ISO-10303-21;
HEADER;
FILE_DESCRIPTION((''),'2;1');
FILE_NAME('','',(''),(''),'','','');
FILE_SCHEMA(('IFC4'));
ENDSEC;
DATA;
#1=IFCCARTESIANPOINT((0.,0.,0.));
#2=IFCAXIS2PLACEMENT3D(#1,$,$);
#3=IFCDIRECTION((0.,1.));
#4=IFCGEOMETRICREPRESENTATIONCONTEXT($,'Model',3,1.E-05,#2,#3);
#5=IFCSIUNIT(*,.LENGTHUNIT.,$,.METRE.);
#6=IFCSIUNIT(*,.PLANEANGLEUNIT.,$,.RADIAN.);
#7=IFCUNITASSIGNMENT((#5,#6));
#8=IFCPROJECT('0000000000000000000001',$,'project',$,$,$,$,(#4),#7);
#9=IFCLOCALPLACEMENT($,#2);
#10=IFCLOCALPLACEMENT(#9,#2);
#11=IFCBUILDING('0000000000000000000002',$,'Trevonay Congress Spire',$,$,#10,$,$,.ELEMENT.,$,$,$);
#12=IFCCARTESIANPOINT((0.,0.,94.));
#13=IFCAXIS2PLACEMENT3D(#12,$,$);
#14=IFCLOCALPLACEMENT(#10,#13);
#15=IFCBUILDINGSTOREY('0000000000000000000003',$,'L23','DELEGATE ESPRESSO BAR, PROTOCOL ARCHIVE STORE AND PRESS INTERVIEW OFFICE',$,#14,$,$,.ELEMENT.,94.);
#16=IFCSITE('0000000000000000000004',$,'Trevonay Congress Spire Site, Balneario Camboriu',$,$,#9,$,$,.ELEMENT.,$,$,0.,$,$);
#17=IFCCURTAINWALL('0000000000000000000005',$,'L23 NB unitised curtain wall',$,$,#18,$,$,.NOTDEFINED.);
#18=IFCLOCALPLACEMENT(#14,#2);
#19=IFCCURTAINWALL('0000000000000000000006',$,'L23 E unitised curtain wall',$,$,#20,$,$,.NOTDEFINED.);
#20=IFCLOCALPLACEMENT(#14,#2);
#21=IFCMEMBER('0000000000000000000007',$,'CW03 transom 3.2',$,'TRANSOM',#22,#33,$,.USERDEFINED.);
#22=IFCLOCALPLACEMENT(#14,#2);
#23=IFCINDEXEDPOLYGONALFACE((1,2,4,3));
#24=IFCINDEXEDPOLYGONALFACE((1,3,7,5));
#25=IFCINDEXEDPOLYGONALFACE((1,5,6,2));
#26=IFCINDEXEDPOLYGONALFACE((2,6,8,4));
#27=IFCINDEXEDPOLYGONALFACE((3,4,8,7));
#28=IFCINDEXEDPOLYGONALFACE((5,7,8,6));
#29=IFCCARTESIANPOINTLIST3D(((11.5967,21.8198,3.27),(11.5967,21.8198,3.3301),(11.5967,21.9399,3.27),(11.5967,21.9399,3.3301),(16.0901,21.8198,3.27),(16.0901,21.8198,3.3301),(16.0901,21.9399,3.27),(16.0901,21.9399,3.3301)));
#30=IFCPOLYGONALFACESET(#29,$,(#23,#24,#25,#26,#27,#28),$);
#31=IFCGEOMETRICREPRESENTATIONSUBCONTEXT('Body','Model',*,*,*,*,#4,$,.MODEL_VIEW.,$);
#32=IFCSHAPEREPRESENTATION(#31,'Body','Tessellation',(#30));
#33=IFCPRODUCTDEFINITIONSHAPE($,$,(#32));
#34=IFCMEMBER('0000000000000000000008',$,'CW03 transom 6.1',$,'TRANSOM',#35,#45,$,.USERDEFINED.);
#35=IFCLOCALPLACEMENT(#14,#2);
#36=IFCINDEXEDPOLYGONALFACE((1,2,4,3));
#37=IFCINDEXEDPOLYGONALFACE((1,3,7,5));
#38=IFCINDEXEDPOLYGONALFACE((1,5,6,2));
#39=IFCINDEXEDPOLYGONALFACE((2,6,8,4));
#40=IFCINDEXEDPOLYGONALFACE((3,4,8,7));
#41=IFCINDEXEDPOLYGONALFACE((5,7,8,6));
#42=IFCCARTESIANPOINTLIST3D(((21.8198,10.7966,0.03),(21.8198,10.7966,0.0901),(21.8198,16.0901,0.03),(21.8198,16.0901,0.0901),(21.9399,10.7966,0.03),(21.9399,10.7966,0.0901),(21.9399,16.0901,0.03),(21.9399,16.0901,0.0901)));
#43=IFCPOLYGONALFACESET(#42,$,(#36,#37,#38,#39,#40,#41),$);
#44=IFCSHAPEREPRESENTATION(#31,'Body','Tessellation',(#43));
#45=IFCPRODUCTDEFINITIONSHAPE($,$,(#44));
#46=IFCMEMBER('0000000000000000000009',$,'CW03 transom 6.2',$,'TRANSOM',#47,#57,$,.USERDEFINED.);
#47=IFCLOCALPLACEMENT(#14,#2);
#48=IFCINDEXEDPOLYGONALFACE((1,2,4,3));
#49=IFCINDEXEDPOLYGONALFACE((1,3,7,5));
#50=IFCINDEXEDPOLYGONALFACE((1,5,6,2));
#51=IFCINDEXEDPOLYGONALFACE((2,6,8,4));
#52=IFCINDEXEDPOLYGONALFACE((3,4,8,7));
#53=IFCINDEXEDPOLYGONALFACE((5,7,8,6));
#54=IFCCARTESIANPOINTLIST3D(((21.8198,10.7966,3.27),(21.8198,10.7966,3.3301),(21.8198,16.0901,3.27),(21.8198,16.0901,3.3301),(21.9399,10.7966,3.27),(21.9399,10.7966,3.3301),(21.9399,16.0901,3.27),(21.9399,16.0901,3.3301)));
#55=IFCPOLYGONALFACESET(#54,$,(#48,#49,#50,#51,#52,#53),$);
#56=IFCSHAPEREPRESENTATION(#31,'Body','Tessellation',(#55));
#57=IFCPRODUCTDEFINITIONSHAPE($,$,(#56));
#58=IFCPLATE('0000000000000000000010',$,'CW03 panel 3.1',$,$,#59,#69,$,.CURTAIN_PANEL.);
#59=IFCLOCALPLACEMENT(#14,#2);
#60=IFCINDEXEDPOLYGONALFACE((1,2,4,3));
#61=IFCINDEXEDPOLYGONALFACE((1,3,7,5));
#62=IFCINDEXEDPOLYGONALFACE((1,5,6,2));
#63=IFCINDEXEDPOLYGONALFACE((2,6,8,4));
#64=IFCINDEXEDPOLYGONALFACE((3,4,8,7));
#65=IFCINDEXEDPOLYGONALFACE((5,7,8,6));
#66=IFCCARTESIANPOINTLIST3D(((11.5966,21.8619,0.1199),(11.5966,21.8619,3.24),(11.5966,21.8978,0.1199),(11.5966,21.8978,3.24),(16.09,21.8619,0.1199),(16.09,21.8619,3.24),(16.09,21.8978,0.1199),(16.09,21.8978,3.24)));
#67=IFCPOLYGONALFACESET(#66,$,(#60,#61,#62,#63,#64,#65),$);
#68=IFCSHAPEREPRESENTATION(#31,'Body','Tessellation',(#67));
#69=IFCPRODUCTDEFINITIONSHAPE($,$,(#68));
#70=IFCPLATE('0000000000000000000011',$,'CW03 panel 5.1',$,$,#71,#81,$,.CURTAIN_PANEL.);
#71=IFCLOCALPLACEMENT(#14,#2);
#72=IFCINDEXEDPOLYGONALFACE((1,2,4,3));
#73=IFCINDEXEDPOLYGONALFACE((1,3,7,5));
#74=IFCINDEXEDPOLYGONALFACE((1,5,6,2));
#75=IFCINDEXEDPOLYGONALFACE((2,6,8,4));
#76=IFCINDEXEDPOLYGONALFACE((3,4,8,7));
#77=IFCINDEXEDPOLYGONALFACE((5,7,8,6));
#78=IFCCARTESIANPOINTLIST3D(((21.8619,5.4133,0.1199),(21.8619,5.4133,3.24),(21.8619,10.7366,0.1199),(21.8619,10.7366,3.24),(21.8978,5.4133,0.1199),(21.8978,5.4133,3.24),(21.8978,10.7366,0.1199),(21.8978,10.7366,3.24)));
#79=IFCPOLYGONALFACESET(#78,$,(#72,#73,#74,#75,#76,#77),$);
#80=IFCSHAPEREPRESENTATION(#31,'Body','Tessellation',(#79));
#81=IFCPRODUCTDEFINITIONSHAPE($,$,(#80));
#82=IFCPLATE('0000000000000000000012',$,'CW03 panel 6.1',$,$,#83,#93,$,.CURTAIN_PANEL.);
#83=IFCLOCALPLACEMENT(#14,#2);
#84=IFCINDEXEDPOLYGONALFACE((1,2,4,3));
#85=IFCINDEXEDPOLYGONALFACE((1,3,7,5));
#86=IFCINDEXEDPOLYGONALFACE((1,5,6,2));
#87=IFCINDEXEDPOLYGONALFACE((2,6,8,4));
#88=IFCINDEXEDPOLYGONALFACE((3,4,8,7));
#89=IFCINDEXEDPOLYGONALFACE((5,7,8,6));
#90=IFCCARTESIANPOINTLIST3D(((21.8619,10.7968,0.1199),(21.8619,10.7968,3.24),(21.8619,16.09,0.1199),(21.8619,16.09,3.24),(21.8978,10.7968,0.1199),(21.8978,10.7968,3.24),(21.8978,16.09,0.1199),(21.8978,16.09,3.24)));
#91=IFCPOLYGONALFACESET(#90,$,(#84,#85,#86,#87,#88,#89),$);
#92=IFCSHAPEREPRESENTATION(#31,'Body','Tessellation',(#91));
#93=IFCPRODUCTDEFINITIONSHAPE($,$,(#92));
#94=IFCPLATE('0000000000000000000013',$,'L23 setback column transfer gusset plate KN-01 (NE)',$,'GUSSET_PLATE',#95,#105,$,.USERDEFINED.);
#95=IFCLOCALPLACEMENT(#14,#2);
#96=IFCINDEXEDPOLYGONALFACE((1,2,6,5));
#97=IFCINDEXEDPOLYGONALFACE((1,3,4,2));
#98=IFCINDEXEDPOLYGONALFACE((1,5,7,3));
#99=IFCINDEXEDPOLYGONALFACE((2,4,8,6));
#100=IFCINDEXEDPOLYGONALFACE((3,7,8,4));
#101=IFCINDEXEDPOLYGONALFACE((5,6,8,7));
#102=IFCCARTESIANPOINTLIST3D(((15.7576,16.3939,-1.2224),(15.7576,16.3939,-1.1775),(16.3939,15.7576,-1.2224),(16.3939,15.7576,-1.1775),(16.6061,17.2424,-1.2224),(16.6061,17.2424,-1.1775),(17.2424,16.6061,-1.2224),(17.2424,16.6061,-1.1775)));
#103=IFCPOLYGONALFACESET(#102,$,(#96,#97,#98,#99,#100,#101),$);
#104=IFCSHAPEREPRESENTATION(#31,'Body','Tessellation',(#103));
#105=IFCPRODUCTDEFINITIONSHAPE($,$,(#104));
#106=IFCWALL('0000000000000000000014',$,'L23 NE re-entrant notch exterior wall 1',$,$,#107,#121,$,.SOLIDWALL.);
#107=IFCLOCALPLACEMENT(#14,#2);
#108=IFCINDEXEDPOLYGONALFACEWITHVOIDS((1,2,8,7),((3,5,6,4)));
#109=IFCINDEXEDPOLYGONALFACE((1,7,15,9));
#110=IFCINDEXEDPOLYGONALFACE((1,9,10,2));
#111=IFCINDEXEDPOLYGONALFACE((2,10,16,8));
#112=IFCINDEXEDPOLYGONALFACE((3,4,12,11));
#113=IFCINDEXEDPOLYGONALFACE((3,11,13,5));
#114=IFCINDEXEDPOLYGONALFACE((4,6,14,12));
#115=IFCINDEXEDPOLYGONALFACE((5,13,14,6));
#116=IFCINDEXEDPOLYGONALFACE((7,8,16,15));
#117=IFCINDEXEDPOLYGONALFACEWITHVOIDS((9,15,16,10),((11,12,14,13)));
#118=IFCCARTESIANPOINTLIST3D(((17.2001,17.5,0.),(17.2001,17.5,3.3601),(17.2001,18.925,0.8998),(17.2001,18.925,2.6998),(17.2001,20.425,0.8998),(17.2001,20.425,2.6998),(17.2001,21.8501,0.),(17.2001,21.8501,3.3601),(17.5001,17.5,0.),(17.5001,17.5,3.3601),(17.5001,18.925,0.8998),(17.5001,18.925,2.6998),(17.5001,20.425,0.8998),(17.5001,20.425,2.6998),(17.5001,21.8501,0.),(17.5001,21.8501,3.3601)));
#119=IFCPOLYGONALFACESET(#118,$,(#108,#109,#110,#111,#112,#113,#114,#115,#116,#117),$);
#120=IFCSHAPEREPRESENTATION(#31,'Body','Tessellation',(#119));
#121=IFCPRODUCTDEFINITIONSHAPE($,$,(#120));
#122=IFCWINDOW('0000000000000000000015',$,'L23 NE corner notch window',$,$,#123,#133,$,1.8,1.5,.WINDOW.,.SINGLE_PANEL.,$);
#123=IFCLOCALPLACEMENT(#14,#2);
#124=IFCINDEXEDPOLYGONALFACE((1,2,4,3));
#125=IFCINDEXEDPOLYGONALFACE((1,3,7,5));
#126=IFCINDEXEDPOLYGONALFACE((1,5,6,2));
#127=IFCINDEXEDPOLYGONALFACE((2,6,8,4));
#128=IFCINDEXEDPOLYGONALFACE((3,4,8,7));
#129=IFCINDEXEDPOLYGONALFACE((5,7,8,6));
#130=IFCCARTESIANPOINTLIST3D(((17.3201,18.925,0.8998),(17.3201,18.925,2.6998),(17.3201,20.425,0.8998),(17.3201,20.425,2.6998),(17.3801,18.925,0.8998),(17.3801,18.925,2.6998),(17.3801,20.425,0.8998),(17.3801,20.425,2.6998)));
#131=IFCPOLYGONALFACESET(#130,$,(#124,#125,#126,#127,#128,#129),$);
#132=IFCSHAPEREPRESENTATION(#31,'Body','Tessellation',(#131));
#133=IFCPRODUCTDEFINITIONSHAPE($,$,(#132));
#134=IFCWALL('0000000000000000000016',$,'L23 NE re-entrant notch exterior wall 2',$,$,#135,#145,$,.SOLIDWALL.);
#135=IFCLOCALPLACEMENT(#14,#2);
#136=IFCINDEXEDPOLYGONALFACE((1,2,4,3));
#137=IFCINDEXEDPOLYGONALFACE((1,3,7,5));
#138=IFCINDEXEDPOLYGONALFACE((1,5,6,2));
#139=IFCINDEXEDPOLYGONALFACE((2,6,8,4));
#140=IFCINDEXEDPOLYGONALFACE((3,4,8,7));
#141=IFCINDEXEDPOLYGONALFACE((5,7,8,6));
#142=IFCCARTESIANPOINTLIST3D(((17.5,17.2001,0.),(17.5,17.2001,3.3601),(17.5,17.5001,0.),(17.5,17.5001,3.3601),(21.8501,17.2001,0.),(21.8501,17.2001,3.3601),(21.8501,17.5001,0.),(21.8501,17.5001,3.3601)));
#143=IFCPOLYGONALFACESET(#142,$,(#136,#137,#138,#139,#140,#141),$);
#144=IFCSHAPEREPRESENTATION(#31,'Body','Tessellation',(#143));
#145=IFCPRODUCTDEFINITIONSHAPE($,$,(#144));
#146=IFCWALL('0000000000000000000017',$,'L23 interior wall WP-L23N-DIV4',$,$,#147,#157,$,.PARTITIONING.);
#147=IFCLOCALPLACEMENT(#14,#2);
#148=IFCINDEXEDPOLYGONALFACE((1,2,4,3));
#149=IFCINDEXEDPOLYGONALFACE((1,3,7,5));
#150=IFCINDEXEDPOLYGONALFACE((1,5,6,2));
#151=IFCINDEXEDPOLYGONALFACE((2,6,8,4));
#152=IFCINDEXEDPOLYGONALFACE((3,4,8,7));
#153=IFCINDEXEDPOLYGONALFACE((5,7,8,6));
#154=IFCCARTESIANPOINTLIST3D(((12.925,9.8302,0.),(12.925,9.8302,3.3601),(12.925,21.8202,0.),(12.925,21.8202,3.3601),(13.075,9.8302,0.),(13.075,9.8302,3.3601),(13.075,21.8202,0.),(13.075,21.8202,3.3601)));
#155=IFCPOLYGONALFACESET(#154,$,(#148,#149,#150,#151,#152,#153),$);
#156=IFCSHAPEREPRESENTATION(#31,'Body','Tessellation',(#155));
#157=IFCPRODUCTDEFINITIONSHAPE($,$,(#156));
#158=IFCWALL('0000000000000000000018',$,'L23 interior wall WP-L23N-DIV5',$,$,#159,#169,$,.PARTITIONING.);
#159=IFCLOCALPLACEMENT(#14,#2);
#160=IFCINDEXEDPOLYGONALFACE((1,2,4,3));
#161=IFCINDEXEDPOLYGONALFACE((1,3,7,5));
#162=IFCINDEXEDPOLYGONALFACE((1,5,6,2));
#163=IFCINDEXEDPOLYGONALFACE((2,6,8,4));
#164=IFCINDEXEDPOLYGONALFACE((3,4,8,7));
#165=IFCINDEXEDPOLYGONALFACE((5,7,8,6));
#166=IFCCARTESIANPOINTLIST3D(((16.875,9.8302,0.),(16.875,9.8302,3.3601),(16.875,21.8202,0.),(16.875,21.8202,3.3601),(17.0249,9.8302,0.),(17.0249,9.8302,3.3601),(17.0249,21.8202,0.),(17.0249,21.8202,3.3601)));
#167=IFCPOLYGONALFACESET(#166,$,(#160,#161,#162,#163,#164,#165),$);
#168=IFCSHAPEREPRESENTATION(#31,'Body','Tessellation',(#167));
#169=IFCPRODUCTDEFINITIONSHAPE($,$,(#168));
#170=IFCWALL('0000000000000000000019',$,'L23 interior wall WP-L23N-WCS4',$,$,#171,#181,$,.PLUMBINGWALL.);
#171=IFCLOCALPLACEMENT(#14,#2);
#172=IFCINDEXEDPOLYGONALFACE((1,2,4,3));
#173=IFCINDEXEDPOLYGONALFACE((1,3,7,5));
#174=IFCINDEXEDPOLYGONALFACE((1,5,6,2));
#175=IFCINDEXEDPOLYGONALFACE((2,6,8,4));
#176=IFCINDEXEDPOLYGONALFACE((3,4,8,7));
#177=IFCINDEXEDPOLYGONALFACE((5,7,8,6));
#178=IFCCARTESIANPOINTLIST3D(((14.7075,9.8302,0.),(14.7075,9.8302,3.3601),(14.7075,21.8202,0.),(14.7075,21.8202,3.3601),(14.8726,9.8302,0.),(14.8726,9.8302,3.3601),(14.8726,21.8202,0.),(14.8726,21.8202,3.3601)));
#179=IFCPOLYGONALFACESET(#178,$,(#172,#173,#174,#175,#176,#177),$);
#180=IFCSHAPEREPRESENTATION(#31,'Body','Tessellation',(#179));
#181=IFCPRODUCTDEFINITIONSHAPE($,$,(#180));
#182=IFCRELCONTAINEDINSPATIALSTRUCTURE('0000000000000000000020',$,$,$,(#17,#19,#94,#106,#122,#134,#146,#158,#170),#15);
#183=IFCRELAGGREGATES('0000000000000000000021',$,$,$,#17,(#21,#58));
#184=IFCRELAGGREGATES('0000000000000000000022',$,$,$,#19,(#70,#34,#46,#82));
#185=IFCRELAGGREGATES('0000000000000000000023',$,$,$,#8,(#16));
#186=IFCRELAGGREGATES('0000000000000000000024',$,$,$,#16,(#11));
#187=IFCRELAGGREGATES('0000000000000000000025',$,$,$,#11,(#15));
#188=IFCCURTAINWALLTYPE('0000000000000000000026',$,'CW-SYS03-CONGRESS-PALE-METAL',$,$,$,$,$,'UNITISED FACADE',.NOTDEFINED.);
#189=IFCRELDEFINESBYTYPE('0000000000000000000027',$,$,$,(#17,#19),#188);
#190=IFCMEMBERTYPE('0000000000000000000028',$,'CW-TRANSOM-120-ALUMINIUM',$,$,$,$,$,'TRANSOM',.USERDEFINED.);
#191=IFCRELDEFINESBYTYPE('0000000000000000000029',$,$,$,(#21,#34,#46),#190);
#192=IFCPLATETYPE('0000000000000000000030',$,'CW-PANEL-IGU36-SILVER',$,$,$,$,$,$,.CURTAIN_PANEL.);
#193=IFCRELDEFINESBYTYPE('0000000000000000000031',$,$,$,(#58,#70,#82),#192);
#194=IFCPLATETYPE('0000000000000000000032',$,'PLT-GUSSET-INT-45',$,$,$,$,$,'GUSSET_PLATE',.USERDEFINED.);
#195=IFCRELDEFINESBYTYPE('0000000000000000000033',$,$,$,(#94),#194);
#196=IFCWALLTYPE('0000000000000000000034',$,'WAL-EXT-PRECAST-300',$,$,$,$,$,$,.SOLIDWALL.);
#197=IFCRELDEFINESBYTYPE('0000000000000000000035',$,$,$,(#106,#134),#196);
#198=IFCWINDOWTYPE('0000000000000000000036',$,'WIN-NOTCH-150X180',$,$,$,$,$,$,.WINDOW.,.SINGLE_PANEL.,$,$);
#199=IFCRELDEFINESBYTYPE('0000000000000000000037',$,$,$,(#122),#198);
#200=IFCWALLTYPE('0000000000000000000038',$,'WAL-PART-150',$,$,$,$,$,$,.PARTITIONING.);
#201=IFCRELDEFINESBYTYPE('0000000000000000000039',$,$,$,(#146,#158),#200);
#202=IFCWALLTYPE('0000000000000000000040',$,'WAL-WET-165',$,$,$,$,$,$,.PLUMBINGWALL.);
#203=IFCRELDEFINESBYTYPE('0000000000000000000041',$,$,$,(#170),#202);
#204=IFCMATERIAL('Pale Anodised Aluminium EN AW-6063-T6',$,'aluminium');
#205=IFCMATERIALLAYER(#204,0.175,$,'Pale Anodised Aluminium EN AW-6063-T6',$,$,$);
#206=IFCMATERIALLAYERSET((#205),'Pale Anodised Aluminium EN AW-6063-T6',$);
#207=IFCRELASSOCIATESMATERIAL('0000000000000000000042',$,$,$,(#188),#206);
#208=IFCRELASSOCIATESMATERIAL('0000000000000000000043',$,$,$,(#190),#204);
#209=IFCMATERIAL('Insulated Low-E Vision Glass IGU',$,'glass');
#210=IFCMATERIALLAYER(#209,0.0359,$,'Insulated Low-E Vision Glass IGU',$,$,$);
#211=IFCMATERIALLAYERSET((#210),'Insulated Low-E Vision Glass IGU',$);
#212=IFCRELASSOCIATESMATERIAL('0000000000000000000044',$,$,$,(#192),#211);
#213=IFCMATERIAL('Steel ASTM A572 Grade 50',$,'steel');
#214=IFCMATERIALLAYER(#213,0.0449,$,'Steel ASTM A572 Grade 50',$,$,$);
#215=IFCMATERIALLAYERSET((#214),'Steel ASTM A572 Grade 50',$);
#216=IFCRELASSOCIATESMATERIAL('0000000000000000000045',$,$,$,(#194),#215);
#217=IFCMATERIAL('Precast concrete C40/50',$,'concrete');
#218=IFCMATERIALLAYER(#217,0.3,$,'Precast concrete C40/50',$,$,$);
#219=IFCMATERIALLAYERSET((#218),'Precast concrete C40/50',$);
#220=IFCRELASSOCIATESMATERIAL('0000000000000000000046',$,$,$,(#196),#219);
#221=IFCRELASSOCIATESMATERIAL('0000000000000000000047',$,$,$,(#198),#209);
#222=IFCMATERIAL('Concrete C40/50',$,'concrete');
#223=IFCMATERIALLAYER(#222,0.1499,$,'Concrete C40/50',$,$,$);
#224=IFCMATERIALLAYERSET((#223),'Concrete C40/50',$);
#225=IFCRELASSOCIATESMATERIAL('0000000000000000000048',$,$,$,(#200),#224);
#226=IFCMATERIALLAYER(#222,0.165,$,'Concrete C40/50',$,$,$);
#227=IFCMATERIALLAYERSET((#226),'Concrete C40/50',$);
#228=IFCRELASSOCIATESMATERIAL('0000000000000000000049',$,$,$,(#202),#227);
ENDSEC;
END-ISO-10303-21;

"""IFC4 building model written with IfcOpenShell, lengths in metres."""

from ifc_helpers import new_model, si_unit, direction, frame, frame_2d, origin, origin_2d, place, context, subcontext, project, spatial, rectangle, extrude, material, layer, layer_set, material_profile, profile_set, type_object, element, fill, aggregate, save


model = new_model("IFC4")

# Units and contexts
model_context = context("Model", 3, precision=1e-05, world=origin(), true_north=direction((0.0, 1.0)))
body_context = subcontext(model_context, "Body", "Model", "MODEL_VIEW")
ifc_project = project(units=[si_unit("LENGTHUNIT", "METRE"), si_unit("PLANEANGLEUNIT", "RADIAN")], contexts=[model_context])

# Site, building, storey
site_placement = place(None, origin())
site = spatial("IfcSite", under=ifc_project, at=site_placement, Name="Trevonay Congress Spire Site, Balneario Camboriu", CompositionType="ELEMENT", RefElevation=0.0)
building_placement = place(site_placement, origin())
building = spatial("IfcBuilding", under=site, at=building_placement, Name="Trevonay Congress Spire", CompositionType="ELEMENT")
storey_placement = place(building_placement, frame((0.0, 0.0, 94.0)))
storey = spatial("IfcBuildingStorey", under=building, at=storey_placement, Name="L23", Description="DELEGATE ESPRESSO BAR, PROTOCOL ARCHIVE STORE AND PRESS INTERVIEW OFFICE", CompositionType="ELEMENT", Elevation=94.0)

# Shared definitions
ifc_material_1 = material(Name="Steel ASTM A572 Grade 50", Category="steel")

# Curtain wall
ifc_material_2 = material(Name="Pale Anodised Aluminium EN AW-6063-T6", Category="aluminium")
ifc_layer_1 = layer(ifc_material_2, 0.175, Name="Pale Anodised Aluminium EN AW-6063-T6")
ifc_layer_set_1 = layer_set([ifc_layer_1], Name="Pale Anodised Aluminium EN AW-6063-T6")
curtain_wall_type = type_object("IfcCurtainWallType", Name="CW-SYS03-CONGRESS-PALE-METAL", ElementType="UNITISED FACADE", PredefinedType="NOTDEFINED", material=ifc_layer_set_1)
curtain_wall_1_placement = place(storey_placement, origin())
curtain_wall_1 = element("IfcCurtainWall", 1, at=curtain_wall_1_placement, inside=storey, type_object=curtain_wall_type, Name="L23 NB unitised curtain wall", PredefinedType="NOTDEFINED")

# Curtain wall
curtain_wall_2_placement = place(storey_placement, origin())
curtain_wall_2 = element("IfcCurtainWall", 2, at=curtain_wall_2_placement, inside=storey, type_object=curtain_wall_type, Name="L23 E unitised curtain wall", PredefinedType="NOTDEFINED")

# Members
ifc_material_profile_1 = material_profile(ifc_material_2, rectangle(XDim=0.1201, YDim=0.0601, at=origin_2d()), Name="CW-TRANSOM-120-ALUMINIUM")
ifc_profile_set_1 = profile_set([ifc_material_profile_1], Name="Pale Anodised Aluminium EN AW-6063-T6")
member_type_1 = type_object("IfcMemberType", Name="CW-TRANSOM-120-ALUMINIUM", ElementType="TRANSOM", PredefinedType="USERDEFINED", material=ifc_profile_set_1)
member_1_placement = place(storey_placement, frame((11.5967, 21.8799, 3.3), z_axis=(1.0, 0.0, 0.0), x_axis=(0.0, 1.0, 0.0)))
member_1 = element("IfcMember", 3, at=member_1_placement, type_object=member_type_1, Name="CW03 transom 3.2", ObjectType="TRANSOM", PredefinedType="USERDEFINED", context=body_context, shape_type="SweptSolid", body=[
    extrude(rectangle(XDim=0.1201, YDim=0.0601, at=origin_2d()), origin(), (0.0, 0.0, 1.0), 4.4934),
])
member_2_placement = place(storey_placement, frame((21.8799, 10.7966, 0.0601), z_axis=(0.0, 1.0, 0.0), x_axis=(-1.0, 0.0, 0.0)))
member_2 = element("IfcMember", 4, at=member_2_placement, type_object=member_type_1, Name="CW03 transom 6.1", ObjectType="TRANSOM", PredefinedType="USERDEFINED", context=body_context, shape_type="SweptSolid", body=[
    extrude(rectangle(XDim=0.1201, YDim=0.0601, at=origin_2d()), origin(), (0.0, 0.0, 1.0), 5.2935),
])
member_3_placement = place(storey_placement, frame((21.8799, 10.7966, 3.3), z_axis=(0.0, 1.0, 0.0), x_axis=(-1.0, 0.0, 0.0)))
member_3 = element("IfcMember", 5, at=member_3_placement, type_object=member_type_1, Name="CW03 transom 6.2", ObjectType="TRANSOM", PredefinedType="USERDEFINED", context=body_context, shape_type="SweptSolid", body=[
    extrude(rectangle(XDim=0.1201, YDim=0.0601, at=origin_2d()), origin(), (0.0, 0.0, 1.0), 5.2935),
])

# Plates
ifc_material_3 = material(Name="Insulated Low-E Vision Glass IGU", Category="glass")
ifc_layer_2 = layer(ifc_material_3, 0.0359, Name="Insulated Low-E Vision Glass IGU")
ifc_layer_set_2 = layer_set([ifc_layer_2], Name="Insulated Low-E Vision Glass IGU")
plate_type_1 = type_object("IfcPlateType", Name="CW-PANEL-IGU36-SILVER", PredefinedType="CURTAIN_PANEL", material=ifc_layer_set_2)
plate_1_placement = place(storey_placement, frame((13.8433, 21.8799, 0.1199), z_axis=(0.0, 0.0, 1.0), x_axis=(1.0, 0.0, 0.0)))
plate_1 = element("IfcPlate", 6, at=plate_1_placement, type_object=plate_type_1, Name="CW03 panel 3.1", PredefinedType="CURTAIN_PANEL", context=body_context, shape_type="SweptSolid", body=[
    extrude(rectangle(XDim=4.4934, YDim=0.0359, at=origin_2d()), origin(), (0.0, 0.0, 1.0), 3.1201),
])
aggregate(curtain_wall_1, [member_1, plate_1])
plate_2_placement = place(storey_placement, frame((21.8799, 8.075, 0.1199), z_axis=(0.0, 0.0, 1.0), x_axis=(0.0, 1.0, 0.0)))
plate_2 = element("IfcPlate", 7, at=plate_2_placement, type_object=plate_type_1, Name="CW03 panel 5.1", PredefinedType="CURTAIN_PANEL", context=body_context, shape_type="SweptSolid", body=[
    extrude(rectangle(XDim=5.3232, YDim=0.0359, at=origin_2d()), origin(), (0.0, 0.0, 1.0), 3.1201),
])
plate_3_placement = place(storey_placement, frame((21.8799, 13.4434, 0.1199), z_axis=(0.0, 0.0, 1.0), x_axis=(0.0, 1.0, 0.0)))
plate_3 = element("IfcPlate", 8, at=plate_3_placement, type_object=plate_type_1, Name="CW03 panel 6.1", PredefinedType="CURTAIN_PANEL", context=body_context, shape_type="SweptSolid", body=[
    extrude(rectangle(XDim=5.2932, YDim=0.0359, at=origin_2d()), origin(), (0.0, 0.0, 1.0), 3.1201),
])
aggregate(curtain_wall_2, [plate_2, member_2, member_3, plate_3])
ifc_layer_3 = layer(ifc_material_1, 0.0449, Name="Steel ASTM A572 Grade 50")
ifc_layer_set_3 = layer_set([ifc_layer_3], Name="Steel ASTM A572 Grade 50")
plate_type_2 = type_object("IfcPlateType", Name="PLT-GUSSET-INT-45", ElementType="GUSSET_PLATE", PredefinedType="USERDEFINED", material=ifc_layer_set_3)
plate_4_placement = place(storey_placement, frame((16.5, 16.5, -1.2224), z_axis=(0.0, 0.0, 1.0), x_axis=(0.707107, 0.707107, 0.0)))
element("IfcPlate", 9, at=plate_4_placement, inside=storey, type_object=plate_type_2, Name="L23 setback column transfer gusset plate KN-01 (NE)", ObjectType="GUSSET_PLATE", PredefinedType="USERDEFINED", context=body_context, shape_type="SweptSolid", body=[
    extrude(rectangle(XDim=1.2, YDim=0.8999, at=origin_2d()), origin(), (0.0, 0.0, 1.0), 0.0449),
])

# Wall, opening, window
ifc_material_4 = material(Name="Precast concrete C40/50", Category="concrete")
ifc_layer_4 = layer(ifc_material_4, 0.3, Name="Precast concrete C40/50")
ifc_layer_set_4 = layer_set([ifc_layer_4], Name="Precast concrete C40/50")
wall_type_1 = type_object("IfcWallType", Name="WAL-EXT-PRECAST-300", PredefinedType="SOLIDWALL", material=ifc_layer_set_4)
wall_1_placement = place(storey_placement, frame((17.3501, 21.8501, 0.0), z_axis=(0.0, 0.0, 1.0), x_axis=(0.0, -1.0, 0.0)))
wall_1 = element("IfcWall", 10, at=wall_1_placement, inside=storey, type_object=wall_type_1, Name="L23 NE re-entrant notch exterior wall 1", PredefinedType="SOLIDWALL", context=body_context, shape_type="SweptSolid", body=[
    extrude(rectangle(XDim=4.3501, YDim=0.3, at=frame_2d((2.175, 0.0))), origin(), (0.0, 0.0, 1.0), 3.3601),
])
opening_placement = place(wall_1_placement, frame((1.425, 0.0, 0.8999)))
opening = element("IfcOpeningElement", 11, at=opening_placement, cuts=wall_1, PredefinedType="OPENING", context=body_context, shape_type="SweptSolid", body=[
    extrude(rectangle(XDim=1.5, YDim=1.8, at=frame_2d((0.75, 0.8999))), frame((0.0, 0.1602, 0.0), z_axis=(0.0, -1.0, 0.0), x_axis=(1.0, 0.0, 0.0)), (0.0, 0.0, 1.0), 0.3201),
])
window_type = type_object("IfcWindowType", Name="WIN-NOTCH-150X180", PartitioningType="SINGLE_PANEL", PredefinedType="WINDOW", material=ifc_material_3)
window_placement = place(opening_placement, origin())
window = element("IfcWindow", 12, at=window_placement, inside=storey, type_object=window_type, Name="L23 NE corner notch window", OverallHeight=1.8, OverallWidth=1.5, PartitioningType="SINGLE_PANEL", PredefinedType="WINDOW", context=body_context, shape_type="SweptSolid", body=[
    extrude(rectangle(XDim=1.5, YDim=1.8, at=frame_2d((0.75, 0.8999))), frame((0.0, 0.03, 0.0), z_axis=(0.0, -1.0, 0.0), x_axis=(1.0, 0.0, 0.0)), (0.0, 0.0, 1.0), 0.0601),
])
fill(opening, window)

# Walls
wall_2_placement = place(storey_placement, frame((21.8501, 17.3501, 0.0), z_axis=(0.0, 0.0, 1.0), x_axis=(-1.0, 0.0, 0.0)))
element("IfcWall", 13, at=wall_2_placement, inside=storey, type_object=wall_type_1, Name="L23 NE re-entrant notch exterior wall 2", PredefinedType="SOLIDWALL", context=body_context, shape_type="SweptSolid", body=[
    extrude(rectangle(XDim=4.3501, YDim=0.3, at=frame_2d((2.175, 0.0))), origin(), (0.0, 0.0, 1.0), 3.3601),
])
ifc_material_5 = material(Name="Concrete C40/50", Category="concrete")
ifc_layer_5 = layer(ifc_material_5, 0.1499, Name="Concrete C40/50")
ifc_layer_set_5 = layer_set([ifc_layer_5], Name="Concrete C40/50")
wall_type_2 = type_object("IfcWallType", Name="WAL-PART-150", PredefinedType="PARTITIONING", material=ifc_layer_set_5)
for number, where, z_axis, x_axis, name in (
    (14, (13.0, 9.8301, 0.0), (0.0, 0.0, 1.0), (0.0, 1.0, 0.0), "L23 interior wall WP-L23N-DIV4"),
    (15, (16.95, 9.8301, 0.0), (0.0, 0.0, 1.0), (0.0, 1.0, 0.0), "L23 interior wall WP-L23N-DIV5"),
):
    element("IfcWall", number, at=place(storey_placement, frame(where, z_axis=z_axis, x_axis=x_axis)), inside=storey, type_object=wall_type_2, Name=name, PredefinedType="PARTITIONING", context=body_context, shape_type="SweptSolid", body=[
        extrude(rectangle(XDim=11.99, YDim=0.1499, at=frame_2d((5.9951, 0.0))), origin(), (0.0, 0.0, 1.0), 3.3601),
    ])
ifc_layer_6 = layer(ifc_material_5, 0.165, Name="Concrete C40/50")
ifc_layer_set_6 = layer_set([ifc_layer_6], Name="Concrete C40/50")
wall_type_3 = type_object("IfcWallType", Name="WAL-WET-165", PredefinedType="PLUMBINGWALL", material=ifc_layer_set_6)
wall_3_placement = place(storey_placement, frame((14.79, 9.8301, 0.0), z_axis=(0.0, 0.0, 1.0), x_axis=(0.0, 1.0, 0.0)))
element("IfcWall", 16, at=wall_3_placement, inside=storey, type_object=wall_type_3, Name="L23 interior wall WP-L23N-WCS4", PredefinedType="PLUMBINGWALL", context=body_context, shape_type="SweptSolid", body=[
    extrude(rectangle(XDim=11.99, YDim=0.165, at=frame_2d((5.9951, 0.0))), origin(), (0.0, 0.0, 1.0), 3.3601),
])

save(model, "model.ifc")
